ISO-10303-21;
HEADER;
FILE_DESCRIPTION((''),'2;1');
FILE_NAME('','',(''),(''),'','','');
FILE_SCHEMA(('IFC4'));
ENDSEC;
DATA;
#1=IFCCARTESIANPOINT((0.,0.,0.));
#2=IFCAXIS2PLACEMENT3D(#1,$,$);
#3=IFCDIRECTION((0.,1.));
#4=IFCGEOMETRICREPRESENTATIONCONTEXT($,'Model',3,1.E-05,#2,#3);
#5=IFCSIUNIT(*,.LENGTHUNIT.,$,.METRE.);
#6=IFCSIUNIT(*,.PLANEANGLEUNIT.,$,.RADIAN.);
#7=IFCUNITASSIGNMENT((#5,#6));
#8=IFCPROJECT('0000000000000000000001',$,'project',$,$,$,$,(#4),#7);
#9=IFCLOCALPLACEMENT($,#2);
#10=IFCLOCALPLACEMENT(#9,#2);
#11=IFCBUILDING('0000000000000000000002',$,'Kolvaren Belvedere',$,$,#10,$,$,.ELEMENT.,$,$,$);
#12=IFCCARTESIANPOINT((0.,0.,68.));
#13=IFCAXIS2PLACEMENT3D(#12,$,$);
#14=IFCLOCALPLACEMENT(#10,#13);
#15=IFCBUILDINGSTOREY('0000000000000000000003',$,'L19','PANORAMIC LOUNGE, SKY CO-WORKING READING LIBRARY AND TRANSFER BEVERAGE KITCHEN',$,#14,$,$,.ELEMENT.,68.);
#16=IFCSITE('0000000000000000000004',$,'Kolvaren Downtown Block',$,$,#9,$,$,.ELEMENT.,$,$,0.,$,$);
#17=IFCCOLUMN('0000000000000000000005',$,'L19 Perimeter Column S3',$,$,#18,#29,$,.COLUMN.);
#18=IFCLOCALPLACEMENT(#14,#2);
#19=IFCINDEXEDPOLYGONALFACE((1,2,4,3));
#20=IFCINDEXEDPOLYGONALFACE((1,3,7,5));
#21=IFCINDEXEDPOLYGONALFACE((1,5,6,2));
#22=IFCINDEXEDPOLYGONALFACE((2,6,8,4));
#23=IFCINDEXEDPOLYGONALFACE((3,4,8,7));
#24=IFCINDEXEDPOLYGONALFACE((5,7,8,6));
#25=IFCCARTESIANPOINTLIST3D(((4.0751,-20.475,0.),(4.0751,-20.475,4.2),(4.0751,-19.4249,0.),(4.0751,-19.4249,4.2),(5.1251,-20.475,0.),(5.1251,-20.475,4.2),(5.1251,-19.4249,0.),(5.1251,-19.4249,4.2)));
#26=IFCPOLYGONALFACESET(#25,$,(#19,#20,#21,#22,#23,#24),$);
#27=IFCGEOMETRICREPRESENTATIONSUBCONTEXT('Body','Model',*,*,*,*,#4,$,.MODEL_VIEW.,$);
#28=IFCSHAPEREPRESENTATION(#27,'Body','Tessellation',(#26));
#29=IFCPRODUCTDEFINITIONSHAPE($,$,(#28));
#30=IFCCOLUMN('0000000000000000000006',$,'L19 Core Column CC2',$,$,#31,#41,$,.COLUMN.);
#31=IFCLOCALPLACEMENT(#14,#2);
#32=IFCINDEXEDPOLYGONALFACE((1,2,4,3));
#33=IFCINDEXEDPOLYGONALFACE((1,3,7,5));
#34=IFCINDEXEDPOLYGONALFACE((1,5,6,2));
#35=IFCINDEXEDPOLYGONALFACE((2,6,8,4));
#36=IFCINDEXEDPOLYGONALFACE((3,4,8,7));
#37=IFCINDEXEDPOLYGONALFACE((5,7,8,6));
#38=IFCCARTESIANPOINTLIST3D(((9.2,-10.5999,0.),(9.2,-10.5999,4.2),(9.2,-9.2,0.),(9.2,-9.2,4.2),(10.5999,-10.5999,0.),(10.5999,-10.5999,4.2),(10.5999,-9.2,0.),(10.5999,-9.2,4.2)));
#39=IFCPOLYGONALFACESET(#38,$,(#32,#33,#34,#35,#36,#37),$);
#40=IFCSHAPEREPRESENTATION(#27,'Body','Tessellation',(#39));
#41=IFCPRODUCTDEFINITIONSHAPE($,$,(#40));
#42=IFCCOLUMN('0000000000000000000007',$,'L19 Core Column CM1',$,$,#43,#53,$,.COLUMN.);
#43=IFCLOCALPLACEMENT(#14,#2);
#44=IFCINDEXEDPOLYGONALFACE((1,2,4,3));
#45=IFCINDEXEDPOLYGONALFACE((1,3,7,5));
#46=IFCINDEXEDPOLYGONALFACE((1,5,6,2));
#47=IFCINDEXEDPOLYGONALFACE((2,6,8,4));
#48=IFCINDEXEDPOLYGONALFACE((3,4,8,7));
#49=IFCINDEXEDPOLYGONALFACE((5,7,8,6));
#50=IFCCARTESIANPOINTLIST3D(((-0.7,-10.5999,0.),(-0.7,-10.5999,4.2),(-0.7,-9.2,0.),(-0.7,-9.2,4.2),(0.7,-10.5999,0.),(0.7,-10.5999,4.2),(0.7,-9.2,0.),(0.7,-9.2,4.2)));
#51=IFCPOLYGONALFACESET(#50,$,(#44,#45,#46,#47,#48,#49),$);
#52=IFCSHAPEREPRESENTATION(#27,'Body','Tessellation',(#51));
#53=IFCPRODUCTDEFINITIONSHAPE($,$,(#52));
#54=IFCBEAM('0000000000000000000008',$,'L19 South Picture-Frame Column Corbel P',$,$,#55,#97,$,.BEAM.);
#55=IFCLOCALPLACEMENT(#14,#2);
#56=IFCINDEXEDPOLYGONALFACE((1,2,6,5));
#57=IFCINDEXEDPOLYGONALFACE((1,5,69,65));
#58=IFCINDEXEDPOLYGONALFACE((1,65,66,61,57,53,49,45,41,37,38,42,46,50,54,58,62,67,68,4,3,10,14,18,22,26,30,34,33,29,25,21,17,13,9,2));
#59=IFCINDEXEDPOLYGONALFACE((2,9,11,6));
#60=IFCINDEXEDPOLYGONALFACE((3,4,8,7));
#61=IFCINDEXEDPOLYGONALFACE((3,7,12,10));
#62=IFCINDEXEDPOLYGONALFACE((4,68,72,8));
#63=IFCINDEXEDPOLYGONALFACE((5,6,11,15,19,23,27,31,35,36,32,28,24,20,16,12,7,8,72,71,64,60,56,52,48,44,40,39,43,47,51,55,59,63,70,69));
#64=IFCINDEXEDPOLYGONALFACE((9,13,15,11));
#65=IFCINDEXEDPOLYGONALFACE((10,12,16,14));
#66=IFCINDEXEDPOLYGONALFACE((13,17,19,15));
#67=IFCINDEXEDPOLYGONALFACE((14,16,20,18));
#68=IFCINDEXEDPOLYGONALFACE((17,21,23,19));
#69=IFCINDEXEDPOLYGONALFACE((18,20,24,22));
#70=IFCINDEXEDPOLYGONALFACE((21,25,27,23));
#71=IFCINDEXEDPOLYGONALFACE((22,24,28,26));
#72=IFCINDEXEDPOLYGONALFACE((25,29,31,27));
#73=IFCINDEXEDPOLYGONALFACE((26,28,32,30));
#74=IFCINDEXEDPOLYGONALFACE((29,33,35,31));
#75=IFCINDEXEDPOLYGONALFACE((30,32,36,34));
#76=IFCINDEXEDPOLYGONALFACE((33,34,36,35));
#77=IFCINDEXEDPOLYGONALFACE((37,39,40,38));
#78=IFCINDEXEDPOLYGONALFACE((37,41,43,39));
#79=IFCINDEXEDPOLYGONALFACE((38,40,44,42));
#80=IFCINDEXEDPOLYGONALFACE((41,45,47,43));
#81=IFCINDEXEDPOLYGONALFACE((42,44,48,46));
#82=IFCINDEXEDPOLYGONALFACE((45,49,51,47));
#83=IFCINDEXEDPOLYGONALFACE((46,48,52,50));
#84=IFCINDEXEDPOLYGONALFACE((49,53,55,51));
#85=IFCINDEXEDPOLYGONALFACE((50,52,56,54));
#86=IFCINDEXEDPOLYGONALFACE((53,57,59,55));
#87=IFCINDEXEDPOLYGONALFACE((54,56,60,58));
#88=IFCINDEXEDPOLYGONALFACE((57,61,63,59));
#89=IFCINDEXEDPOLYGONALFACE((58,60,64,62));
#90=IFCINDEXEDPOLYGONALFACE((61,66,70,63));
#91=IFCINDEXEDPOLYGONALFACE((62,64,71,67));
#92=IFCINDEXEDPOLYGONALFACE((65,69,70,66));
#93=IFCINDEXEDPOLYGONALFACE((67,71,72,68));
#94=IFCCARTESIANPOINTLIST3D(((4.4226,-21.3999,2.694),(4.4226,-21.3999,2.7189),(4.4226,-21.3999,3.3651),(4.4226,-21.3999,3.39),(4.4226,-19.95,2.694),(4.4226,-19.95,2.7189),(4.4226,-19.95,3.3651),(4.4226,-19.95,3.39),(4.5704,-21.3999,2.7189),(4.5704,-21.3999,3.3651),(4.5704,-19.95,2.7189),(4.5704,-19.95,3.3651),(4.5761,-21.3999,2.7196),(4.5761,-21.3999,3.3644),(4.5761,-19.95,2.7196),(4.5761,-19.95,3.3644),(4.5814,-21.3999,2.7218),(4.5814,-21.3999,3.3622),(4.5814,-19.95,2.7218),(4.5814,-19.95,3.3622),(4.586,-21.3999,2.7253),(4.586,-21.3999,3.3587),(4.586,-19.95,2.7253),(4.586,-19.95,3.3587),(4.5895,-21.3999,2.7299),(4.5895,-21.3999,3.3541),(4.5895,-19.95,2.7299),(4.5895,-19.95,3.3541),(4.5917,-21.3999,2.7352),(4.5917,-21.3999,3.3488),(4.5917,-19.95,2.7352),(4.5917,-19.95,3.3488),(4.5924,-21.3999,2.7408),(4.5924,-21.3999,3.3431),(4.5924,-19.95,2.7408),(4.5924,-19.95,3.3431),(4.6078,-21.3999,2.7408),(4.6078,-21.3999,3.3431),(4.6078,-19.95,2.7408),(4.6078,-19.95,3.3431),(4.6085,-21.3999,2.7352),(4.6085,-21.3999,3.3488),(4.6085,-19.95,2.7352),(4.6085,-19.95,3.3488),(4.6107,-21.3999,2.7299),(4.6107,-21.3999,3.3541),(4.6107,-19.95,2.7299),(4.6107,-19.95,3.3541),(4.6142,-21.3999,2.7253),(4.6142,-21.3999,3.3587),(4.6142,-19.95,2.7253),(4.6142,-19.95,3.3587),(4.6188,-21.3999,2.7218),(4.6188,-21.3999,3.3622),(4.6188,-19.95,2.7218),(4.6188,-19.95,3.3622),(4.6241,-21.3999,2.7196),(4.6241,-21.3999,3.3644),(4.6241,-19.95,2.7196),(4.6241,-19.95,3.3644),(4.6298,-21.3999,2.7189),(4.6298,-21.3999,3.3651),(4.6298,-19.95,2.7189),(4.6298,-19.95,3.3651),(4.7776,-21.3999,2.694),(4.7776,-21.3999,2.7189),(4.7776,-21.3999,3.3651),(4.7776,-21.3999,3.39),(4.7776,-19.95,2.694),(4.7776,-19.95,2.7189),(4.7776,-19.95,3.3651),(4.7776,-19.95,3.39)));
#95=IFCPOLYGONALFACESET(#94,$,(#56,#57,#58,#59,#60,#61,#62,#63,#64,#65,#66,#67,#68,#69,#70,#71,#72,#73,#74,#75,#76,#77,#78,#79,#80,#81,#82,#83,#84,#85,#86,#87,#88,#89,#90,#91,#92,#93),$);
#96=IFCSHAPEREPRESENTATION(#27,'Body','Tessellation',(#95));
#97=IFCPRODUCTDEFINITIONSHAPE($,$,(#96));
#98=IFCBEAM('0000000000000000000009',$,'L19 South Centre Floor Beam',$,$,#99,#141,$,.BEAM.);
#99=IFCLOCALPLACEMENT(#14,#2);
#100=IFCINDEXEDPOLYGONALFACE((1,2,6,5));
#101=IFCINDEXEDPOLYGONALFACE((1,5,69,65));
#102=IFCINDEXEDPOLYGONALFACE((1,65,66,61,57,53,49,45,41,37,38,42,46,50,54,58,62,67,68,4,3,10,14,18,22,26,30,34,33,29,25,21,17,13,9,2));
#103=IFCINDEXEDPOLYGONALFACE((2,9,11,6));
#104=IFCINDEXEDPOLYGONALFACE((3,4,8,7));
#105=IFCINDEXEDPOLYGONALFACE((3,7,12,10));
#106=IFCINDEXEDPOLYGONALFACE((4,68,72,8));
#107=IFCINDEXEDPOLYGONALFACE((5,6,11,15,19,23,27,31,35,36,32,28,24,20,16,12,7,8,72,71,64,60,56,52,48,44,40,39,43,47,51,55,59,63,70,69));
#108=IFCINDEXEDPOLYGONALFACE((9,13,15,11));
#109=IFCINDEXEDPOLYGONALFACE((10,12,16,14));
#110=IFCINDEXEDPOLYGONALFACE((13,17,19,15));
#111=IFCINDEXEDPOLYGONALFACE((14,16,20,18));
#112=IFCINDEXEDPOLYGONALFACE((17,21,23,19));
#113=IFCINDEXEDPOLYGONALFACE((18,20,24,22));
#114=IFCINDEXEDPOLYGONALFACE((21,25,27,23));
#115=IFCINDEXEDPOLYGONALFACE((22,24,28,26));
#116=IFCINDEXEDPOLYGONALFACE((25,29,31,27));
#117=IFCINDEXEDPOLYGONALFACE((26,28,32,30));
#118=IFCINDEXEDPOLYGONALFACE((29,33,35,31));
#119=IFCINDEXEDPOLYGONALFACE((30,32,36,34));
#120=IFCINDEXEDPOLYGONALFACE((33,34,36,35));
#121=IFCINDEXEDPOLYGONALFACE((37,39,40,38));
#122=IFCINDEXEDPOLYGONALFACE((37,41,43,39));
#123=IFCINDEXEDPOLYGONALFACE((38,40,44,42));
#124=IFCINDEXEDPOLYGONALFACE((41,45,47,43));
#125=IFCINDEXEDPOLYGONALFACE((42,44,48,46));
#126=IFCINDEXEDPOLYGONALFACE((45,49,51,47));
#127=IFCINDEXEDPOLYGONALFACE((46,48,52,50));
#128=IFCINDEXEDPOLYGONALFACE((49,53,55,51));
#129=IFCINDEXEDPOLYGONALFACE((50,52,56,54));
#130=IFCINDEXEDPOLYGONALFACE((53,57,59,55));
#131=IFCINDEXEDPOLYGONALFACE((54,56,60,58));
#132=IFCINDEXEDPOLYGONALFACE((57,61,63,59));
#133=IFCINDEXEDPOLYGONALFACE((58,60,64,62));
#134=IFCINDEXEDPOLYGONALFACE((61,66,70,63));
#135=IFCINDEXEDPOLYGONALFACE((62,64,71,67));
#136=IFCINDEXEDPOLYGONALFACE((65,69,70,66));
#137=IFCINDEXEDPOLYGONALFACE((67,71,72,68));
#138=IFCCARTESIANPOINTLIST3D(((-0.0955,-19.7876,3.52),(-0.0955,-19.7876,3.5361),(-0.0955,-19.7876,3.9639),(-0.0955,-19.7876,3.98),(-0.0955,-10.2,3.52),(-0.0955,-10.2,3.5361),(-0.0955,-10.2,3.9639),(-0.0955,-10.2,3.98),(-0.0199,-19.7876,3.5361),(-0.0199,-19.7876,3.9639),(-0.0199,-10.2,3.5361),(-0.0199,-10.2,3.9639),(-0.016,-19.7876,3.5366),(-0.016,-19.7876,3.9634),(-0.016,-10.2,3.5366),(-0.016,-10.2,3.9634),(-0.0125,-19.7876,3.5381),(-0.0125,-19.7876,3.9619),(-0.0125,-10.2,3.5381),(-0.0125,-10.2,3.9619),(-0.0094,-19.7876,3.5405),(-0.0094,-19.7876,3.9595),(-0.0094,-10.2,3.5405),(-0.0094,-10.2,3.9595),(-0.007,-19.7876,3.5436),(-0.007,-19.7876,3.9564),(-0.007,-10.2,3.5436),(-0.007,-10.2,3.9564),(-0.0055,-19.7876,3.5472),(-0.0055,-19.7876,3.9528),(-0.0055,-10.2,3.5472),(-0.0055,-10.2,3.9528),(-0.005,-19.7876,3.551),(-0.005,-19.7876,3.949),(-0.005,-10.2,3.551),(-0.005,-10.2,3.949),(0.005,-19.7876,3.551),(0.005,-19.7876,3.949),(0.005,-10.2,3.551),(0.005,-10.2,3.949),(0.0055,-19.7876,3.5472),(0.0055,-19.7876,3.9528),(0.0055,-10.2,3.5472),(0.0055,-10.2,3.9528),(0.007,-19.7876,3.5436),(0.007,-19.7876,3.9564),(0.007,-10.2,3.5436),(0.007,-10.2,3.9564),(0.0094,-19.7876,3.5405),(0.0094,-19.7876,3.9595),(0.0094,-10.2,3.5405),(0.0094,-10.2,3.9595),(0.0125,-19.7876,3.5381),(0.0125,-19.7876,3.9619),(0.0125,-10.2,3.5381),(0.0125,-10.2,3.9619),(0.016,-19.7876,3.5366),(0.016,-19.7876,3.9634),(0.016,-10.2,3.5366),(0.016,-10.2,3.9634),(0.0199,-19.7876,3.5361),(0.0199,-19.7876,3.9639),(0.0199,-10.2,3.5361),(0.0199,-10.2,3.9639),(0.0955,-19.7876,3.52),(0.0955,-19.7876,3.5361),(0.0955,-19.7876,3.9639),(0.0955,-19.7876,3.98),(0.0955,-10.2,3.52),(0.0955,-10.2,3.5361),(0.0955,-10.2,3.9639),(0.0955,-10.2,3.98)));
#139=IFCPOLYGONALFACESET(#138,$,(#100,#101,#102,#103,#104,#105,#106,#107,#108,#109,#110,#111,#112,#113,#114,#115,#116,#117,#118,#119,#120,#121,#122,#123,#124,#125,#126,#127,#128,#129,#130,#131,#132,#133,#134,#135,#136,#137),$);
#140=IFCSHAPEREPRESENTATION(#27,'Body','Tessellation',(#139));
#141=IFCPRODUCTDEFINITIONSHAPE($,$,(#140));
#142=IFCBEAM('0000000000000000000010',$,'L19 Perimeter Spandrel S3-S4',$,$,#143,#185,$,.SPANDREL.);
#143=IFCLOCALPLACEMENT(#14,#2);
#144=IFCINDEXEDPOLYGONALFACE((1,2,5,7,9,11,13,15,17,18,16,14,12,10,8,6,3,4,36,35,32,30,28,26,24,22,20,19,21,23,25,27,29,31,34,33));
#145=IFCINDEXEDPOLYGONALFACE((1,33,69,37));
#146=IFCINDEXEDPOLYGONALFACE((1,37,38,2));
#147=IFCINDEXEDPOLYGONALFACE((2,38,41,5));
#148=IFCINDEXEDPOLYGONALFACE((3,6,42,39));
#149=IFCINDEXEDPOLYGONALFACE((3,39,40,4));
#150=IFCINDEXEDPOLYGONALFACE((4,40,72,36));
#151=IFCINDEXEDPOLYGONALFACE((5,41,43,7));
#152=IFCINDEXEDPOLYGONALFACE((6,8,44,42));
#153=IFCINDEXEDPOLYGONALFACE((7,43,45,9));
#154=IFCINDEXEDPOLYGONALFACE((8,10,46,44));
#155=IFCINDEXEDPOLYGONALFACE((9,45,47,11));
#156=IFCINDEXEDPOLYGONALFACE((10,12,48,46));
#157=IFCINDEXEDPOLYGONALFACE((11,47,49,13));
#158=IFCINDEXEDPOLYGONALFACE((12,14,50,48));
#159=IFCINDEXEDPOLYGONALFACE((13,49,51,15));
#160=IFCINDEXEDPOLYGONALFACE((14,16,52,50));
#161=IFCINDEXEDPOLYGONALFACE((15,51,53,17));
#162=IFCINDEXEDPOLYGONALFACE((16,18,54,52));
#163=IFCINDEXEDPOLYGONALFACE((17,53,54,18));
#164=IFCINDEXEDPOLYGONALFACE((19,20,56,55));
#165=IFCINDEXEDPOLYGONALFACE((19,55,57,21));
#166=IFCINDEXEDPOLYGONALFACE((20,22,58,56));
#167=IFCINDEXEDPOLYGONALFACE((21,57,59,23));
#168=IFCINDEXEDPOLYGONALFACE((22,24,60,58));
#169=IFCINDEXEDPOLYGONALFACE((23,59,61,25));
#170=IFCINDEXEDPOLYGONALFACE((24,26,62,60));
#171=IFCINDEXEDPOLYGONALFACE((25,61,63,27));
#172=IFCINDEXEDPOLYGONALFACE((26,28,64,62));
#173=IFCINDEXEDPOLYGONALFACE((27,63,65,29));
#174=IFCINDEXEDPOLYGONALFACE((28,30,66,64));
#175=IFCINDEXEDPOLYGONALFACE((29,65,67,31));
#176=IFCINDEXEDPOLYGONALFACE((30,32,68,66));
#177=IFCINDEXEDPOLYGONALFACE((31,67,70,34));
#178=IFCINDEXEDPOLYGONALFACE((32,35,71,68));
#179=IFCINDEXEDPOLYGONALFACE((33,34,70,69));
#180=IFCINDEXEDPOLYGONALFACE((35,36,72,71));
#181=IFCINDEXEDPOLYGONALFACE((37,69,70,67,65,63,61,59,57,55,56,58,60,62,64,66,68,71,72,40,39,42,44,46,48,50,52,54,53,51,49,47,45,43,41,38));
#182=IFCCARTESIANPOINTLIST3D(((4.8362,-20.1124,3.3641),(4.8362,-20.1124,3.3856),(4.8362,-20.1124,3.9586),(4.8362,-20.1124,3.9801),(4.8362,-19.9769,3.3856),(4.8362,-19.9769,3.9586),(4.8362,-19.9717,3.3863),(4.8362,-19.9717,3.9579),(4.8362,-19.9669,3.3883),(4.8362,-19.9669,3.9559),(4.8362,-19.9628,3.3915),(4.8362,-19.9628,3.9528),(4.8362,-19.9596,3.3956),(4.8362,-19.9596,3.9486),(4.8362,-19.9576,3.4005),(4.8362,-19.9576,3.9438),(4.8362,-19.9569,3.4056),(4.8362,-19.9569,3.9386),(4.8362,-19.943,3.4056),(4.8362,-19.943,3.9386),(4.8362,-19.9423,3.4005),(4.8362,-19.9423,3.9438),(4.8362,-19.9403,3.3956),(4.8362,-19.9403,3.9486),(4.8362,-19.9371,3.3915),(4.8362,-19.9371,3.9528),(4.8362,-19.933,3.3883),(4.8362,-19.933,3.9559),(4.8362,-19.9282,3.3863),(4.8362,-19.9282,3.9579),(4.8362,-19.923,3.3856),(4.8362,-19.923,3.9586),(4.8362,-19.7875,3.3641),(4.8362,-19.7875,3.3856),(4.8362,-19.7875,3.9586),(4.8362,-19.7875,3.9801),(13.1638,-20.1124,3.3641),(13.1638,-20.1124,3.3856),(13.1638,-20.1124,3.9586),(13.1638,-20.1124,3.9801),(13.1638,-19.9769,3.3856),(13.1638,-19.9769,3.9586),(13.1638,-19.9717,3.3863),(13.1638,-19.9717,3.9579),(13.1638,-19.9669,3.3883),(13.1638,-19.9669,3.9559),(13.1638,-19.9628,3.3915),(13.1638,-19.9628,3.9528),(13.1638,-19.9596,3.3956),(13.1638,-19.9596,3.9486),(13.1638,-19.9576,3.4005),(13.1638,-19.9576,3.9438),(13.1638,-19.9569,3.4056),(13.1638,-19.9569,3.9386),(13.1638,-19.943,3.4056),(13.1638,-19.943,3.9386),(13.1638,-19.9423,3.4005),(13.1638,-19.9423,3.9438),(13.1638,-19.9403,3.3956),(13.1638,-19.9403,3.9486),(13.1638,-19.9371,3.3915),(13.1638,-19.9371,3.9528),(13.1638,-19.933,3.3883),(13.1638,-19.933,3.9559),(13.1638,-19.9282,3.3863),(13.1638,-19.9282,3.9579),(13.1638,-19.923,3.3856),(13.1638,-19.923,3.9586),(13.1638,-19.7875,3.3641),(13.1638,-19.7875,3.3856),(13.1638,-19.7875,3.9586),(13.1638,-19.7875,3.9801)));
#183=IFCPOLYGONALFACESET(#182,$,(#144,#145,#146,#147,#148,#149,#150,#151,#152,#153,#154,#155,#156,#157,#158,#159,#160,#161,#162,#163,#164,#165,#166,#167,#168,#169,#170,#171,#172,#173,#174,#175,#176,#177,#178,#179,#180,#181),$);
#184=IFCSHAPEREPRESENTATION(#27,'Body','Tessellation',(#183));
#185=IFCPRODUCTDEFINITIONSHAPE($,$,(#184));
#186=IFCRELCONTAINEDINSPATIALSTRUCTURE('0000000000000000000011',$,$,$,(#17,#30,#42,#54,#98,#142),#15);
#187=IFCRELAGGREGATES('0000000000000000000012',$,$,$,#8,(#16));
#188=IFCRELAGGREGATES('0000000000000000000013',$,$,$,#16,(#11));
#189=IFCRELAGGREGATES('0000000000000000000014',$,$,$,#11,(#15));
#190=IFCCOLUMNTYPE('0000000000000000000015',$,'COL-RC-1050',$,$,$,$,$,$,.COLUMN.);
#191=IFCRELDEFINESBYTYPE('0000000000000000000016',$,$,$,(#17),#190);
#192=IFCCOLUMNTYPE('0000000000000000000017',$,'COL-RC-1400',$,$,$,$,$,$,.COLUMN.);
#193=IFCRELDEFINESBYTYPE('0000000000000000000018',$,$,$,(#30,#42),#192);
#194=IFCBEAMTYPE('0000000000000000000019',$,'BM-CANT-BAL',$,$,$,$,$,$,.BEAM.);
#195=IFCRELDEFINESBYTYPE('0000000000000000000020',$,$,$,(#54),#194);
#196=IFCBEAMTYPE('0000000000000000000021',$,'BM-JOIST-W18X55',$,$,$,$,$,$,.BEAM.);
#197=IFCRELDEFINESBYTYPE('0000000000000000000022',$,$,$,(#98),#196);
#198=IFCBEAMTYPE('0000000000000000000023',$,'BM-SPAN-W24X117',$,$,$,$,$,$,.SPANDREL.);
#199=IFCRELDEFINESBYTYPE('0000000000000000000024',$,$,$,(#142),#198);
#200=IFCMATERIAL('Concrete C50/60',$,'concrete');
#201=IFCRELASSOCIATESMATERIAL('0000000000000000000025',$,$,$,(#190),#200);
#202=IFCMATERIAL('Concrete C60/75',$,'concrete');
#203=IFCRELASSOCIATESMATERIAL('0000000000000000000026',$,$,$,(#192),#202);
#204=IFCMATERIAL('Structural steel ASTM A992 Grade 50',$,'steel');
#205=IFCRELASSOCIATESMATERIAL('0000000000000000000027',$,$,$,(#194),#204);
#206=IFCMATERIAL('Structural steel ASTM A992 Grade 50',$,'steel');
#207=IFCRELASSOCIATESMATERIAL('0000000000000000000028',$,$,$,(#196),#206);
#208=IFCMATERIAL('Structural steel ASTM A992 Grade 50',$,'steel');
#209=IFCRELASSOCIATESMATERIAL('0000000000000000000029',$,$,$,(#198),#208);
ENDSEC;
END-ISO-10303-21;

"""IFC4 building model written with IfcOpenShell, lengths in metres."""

from ifc_helpers import new_model, si_unit, direction, frame, origin, origin_2d, place, context, subcontext, project, spatial, rectangle, i_section, extrude, material, material_profile, profile_set, type_object, element, save


model = new_model("IFC4")

# Units and contexts
model_context = context("Model", 3, precision=1e-05, world=origin(), true_north=direction((0.0, 1.0)))
body_context = subcontext(model_context, "Body", "Model", "MODEL_VIEW")
ifc_project = project(units=[si_unit("LENGTHUNIT", "METRE"), si_unit("PLANEANGLEUNIT", "RADIAN")], contexts=[model_context])

# Site, building, storey
site_placement = place(None, origin())
site = spatial("IfcSite", under=ifc_project, at=site_placement, Name="Kolvaren Downtown Block", CompositionType="ELEMENT", RefElevation=0.0)
building_placement = place(site_placement, origin())
building = spatial("IfcBuilding", under=site, at=building_placement, Name="Kolvaren Belvedere", CompositionType="ELEMENT")
storey_placement = place(building_placement, frame((0.0, 0.0, 68.0)))
storey = spatial("IfcBuildingStorey", under=building, at=storey_placement, Name="L19", Description="PANORAMIC LOUNGE, SKY CO-WORKING READING LIBRARY AND TRANSFER BEVERAGE KITCHEN", CompositionType="ELEMENT", Elevation=68.0)

# Columns
ifc_material_1 = material(Name="Concrete C50/60", Category="concrete")
ifc_material_profile_1 = material_profile(ifc_material_1, rectangle(XDim=1.05, YDim=1.05, at=origin_2d()), Name="RC 1050X1050")
ifc_profile_set_1 = profile_set([ifc_material_profile_1], Name="Concrete C50/60")
column_type_1 = type_object("IfcColumnType", Name="COL-RC-1050", PredefinedType="COLUMN", material=ifc_profile_set_1)
column_placement = place(storey_placement, frame((4.6001, -19.95, 0.0), z_axis=(0.0, 0.0, 1.0), x_axis=(1.0, 0.0, 0.0)))
element("IfcColumn", 1, at=column_placement, inside=storey, type_object=column_type_1, Name="L19 Perimeter Column S3", PredefinedType="COLUMN", context=body_context, shape_type="SweptSolid", body=[
    extrude(rectangle(XDim=1.05, YDim=1.05, at=origin_2d()), origin(), (0.0, 0.0, 1.0), 4.2),
])
ifc_material_2 = material(Name="Concrete C60/75", Category="concrete")
ifc_material_profile_2 = material_profile(ifc_material_2, rectangle(XDim=1.3999, YDim=1.3999, at=origin_2d()), Name="RC 1400X1400")
ifc_profile_set_2 = profile_set([ifc_material_profile_2], Name="Concrete C60/75")
column_type_2 = type_object("IfcColumnType", Name="COL-RC-1400", PredefinedType="COLUMN", material=ifc_profile_set_2)
for number, where, z_axis, x_axis, name in (
    (2, (9.8999, -9.8999, 0.0), (0.0, 0.0, 1.0), (1.0, 0.0, 0.0), "L19 Core Column CC2"),
    (3, (0.0, -9.8999, 0.0), (0.0, 0.0, 1.0), (1.0, 0.0, 0.0), "L19 Core Column CM1"),
):
    element("IfcColumn", number, at=place(storey_placement, frame(where, z_axis=z_axis, x_axis=x_axis)), inside=storey, type_object=column_type_2, Name=name, PredefinedType="COLUMN", context=body_context, shape_type="SweptSolid", body=[
        extrude(rectangle(XDim=1.3999, YDim=1.3999, at=origin_2d()), origin(), (0.0, 0.0, 1.0), 4.2),
    ])

# Beams
ifc_material_3 = material(Name="Structural steel ASTM A992 Grade 50", Category="steel")
ifc_material_profile_3 = material_profile(ifc_material_3, i_section(OverallWidth=0.355, OverallDepth=0.696, WebThickness=0.0154, FlangeThickness=0.0249, FilletRadius=0.022, at=origin_2d()), Name="W27X146")
ifc_profile_set_3 = profile_set([ifc_material_profile_3], Name="Structural steel ASTM A992 Grade 50")
beam_type_1 = type_object("IfcBeamType", Name="BM-CANT-BAL", PredefinedType="BEAM", material=ifc_profile_set_3)
beam_1_placement = place(storey_placement, frame((4.6001, -19.95, 3.042), z_axis=(0.0, -1.0, 0.0), x_axis=(1.0, 0.0, 0.0)))
element("IfcBeam", 4, at=beam_1_placement, inside=storey, type_object=beam_type_1, Name="L19 South Picture-Frame Column Corbel P", PredefinedType="BEAM", context=body_context, shape_type="SweptSolid", body=[
    extrude(i_section(OverallWidth=0.355, OverallDepth=0.696, WebThickness=0.0154, FlangeThickness=0.0249, FilletRadius=0.022, at=origin_2d()), origin(), (0.0, 0.0, 1.0), 1.45),
])
ifc_material_4 = material(Name="Structural steel ASTM A992 Grade 50", Category="steel")
ifc_material_profile_4 = material_profile(ifc_material_4, i_section(OverallWidth=0.1909, OverallDepth=0.46, WebThickness=0.01, FlangeThickness=0.0161, FilletRadius=0.0149, at=origin_2d()), Name="W18X55")
ifc_profile_set_4 = profile_set([ifc_material_profile_4], Name="Structural steel ASTM A992 Grade 50")
beam_type_2 = type_object("IfcBeamType", Name="BM-JOIST-W18X55", PredefinedType="BEAM", material=ifc_profile_set_4)
beam_2_placement = place(storey_placement, frame((0.0, -10.2, 3.75), z_axis=(0.0, -1.0, 0.0), x_axis=(1.0, 0.0, 0.0)))
element("IfcBeam", 5, at=beam_2_placement, inside=storey, type_object=beam_type_2, Name="L19 South Centre Floor Beam", PredefinedType="BEAM", context=body_context, shape_type="SweptSolid", body=[
    extrude(i_section(OverallWidth=0.1909, OverallDepth=0.46, WebThickness=0.01, FlangeThickness=0.0161, FilletRadius=0.0149, at=origin_2d()), origin(), (0.0, 0.0, 1.0), 9.5876),
])
ifc_material_5 = material(Name="Structural steel ASTM A992 Grade 50", Category="steel")
ifc_material_profile_5 = material_profile(ifc_material_5, i_section(OverallWidth=0.325, OverallDepth=0.616, WebThickness=0.0139, FlangeThickness=0.0215, FilletRadius=0.02, at=origin_2d()), Name="W24X117")
ifc_profile_set_5 = profile_set([ifc_material_profile_5], Name="Structural steel ASTM A992 Grade 50")
beam_type_3 = type_object("IfcBeamType", Name="BM-SPAN-W24X117", PredefinedType="SPANDREL", material=ifc_profile_set_5)
beam_3_placement = place(storey_placement, frame((4.8362, -19.95, 3.6721), z_axis=(1.0, 0.0, 0.0), x_axis=(0.0, 1.0, 0.0)))
element("IfcBeam", 6, at=beam_3_placement, inside=storey, type_object=beam_type_3, Name="L19 Perimeter Spandrel S3-S4", PredefinedType="SPANDREL", context=body_context, shape_type="SweptSolid", body=[
    extrude(i_section(OverallWidth=0.325, OverallDepth=0.616, WebThickness=0.0139, FlangeThickness=0.0215, FilletRadius=0.02, at=origin_2d()), origin(), (0.0, 0.0, 1.0), 8.3276),
])

save(model, "model.ifc")
